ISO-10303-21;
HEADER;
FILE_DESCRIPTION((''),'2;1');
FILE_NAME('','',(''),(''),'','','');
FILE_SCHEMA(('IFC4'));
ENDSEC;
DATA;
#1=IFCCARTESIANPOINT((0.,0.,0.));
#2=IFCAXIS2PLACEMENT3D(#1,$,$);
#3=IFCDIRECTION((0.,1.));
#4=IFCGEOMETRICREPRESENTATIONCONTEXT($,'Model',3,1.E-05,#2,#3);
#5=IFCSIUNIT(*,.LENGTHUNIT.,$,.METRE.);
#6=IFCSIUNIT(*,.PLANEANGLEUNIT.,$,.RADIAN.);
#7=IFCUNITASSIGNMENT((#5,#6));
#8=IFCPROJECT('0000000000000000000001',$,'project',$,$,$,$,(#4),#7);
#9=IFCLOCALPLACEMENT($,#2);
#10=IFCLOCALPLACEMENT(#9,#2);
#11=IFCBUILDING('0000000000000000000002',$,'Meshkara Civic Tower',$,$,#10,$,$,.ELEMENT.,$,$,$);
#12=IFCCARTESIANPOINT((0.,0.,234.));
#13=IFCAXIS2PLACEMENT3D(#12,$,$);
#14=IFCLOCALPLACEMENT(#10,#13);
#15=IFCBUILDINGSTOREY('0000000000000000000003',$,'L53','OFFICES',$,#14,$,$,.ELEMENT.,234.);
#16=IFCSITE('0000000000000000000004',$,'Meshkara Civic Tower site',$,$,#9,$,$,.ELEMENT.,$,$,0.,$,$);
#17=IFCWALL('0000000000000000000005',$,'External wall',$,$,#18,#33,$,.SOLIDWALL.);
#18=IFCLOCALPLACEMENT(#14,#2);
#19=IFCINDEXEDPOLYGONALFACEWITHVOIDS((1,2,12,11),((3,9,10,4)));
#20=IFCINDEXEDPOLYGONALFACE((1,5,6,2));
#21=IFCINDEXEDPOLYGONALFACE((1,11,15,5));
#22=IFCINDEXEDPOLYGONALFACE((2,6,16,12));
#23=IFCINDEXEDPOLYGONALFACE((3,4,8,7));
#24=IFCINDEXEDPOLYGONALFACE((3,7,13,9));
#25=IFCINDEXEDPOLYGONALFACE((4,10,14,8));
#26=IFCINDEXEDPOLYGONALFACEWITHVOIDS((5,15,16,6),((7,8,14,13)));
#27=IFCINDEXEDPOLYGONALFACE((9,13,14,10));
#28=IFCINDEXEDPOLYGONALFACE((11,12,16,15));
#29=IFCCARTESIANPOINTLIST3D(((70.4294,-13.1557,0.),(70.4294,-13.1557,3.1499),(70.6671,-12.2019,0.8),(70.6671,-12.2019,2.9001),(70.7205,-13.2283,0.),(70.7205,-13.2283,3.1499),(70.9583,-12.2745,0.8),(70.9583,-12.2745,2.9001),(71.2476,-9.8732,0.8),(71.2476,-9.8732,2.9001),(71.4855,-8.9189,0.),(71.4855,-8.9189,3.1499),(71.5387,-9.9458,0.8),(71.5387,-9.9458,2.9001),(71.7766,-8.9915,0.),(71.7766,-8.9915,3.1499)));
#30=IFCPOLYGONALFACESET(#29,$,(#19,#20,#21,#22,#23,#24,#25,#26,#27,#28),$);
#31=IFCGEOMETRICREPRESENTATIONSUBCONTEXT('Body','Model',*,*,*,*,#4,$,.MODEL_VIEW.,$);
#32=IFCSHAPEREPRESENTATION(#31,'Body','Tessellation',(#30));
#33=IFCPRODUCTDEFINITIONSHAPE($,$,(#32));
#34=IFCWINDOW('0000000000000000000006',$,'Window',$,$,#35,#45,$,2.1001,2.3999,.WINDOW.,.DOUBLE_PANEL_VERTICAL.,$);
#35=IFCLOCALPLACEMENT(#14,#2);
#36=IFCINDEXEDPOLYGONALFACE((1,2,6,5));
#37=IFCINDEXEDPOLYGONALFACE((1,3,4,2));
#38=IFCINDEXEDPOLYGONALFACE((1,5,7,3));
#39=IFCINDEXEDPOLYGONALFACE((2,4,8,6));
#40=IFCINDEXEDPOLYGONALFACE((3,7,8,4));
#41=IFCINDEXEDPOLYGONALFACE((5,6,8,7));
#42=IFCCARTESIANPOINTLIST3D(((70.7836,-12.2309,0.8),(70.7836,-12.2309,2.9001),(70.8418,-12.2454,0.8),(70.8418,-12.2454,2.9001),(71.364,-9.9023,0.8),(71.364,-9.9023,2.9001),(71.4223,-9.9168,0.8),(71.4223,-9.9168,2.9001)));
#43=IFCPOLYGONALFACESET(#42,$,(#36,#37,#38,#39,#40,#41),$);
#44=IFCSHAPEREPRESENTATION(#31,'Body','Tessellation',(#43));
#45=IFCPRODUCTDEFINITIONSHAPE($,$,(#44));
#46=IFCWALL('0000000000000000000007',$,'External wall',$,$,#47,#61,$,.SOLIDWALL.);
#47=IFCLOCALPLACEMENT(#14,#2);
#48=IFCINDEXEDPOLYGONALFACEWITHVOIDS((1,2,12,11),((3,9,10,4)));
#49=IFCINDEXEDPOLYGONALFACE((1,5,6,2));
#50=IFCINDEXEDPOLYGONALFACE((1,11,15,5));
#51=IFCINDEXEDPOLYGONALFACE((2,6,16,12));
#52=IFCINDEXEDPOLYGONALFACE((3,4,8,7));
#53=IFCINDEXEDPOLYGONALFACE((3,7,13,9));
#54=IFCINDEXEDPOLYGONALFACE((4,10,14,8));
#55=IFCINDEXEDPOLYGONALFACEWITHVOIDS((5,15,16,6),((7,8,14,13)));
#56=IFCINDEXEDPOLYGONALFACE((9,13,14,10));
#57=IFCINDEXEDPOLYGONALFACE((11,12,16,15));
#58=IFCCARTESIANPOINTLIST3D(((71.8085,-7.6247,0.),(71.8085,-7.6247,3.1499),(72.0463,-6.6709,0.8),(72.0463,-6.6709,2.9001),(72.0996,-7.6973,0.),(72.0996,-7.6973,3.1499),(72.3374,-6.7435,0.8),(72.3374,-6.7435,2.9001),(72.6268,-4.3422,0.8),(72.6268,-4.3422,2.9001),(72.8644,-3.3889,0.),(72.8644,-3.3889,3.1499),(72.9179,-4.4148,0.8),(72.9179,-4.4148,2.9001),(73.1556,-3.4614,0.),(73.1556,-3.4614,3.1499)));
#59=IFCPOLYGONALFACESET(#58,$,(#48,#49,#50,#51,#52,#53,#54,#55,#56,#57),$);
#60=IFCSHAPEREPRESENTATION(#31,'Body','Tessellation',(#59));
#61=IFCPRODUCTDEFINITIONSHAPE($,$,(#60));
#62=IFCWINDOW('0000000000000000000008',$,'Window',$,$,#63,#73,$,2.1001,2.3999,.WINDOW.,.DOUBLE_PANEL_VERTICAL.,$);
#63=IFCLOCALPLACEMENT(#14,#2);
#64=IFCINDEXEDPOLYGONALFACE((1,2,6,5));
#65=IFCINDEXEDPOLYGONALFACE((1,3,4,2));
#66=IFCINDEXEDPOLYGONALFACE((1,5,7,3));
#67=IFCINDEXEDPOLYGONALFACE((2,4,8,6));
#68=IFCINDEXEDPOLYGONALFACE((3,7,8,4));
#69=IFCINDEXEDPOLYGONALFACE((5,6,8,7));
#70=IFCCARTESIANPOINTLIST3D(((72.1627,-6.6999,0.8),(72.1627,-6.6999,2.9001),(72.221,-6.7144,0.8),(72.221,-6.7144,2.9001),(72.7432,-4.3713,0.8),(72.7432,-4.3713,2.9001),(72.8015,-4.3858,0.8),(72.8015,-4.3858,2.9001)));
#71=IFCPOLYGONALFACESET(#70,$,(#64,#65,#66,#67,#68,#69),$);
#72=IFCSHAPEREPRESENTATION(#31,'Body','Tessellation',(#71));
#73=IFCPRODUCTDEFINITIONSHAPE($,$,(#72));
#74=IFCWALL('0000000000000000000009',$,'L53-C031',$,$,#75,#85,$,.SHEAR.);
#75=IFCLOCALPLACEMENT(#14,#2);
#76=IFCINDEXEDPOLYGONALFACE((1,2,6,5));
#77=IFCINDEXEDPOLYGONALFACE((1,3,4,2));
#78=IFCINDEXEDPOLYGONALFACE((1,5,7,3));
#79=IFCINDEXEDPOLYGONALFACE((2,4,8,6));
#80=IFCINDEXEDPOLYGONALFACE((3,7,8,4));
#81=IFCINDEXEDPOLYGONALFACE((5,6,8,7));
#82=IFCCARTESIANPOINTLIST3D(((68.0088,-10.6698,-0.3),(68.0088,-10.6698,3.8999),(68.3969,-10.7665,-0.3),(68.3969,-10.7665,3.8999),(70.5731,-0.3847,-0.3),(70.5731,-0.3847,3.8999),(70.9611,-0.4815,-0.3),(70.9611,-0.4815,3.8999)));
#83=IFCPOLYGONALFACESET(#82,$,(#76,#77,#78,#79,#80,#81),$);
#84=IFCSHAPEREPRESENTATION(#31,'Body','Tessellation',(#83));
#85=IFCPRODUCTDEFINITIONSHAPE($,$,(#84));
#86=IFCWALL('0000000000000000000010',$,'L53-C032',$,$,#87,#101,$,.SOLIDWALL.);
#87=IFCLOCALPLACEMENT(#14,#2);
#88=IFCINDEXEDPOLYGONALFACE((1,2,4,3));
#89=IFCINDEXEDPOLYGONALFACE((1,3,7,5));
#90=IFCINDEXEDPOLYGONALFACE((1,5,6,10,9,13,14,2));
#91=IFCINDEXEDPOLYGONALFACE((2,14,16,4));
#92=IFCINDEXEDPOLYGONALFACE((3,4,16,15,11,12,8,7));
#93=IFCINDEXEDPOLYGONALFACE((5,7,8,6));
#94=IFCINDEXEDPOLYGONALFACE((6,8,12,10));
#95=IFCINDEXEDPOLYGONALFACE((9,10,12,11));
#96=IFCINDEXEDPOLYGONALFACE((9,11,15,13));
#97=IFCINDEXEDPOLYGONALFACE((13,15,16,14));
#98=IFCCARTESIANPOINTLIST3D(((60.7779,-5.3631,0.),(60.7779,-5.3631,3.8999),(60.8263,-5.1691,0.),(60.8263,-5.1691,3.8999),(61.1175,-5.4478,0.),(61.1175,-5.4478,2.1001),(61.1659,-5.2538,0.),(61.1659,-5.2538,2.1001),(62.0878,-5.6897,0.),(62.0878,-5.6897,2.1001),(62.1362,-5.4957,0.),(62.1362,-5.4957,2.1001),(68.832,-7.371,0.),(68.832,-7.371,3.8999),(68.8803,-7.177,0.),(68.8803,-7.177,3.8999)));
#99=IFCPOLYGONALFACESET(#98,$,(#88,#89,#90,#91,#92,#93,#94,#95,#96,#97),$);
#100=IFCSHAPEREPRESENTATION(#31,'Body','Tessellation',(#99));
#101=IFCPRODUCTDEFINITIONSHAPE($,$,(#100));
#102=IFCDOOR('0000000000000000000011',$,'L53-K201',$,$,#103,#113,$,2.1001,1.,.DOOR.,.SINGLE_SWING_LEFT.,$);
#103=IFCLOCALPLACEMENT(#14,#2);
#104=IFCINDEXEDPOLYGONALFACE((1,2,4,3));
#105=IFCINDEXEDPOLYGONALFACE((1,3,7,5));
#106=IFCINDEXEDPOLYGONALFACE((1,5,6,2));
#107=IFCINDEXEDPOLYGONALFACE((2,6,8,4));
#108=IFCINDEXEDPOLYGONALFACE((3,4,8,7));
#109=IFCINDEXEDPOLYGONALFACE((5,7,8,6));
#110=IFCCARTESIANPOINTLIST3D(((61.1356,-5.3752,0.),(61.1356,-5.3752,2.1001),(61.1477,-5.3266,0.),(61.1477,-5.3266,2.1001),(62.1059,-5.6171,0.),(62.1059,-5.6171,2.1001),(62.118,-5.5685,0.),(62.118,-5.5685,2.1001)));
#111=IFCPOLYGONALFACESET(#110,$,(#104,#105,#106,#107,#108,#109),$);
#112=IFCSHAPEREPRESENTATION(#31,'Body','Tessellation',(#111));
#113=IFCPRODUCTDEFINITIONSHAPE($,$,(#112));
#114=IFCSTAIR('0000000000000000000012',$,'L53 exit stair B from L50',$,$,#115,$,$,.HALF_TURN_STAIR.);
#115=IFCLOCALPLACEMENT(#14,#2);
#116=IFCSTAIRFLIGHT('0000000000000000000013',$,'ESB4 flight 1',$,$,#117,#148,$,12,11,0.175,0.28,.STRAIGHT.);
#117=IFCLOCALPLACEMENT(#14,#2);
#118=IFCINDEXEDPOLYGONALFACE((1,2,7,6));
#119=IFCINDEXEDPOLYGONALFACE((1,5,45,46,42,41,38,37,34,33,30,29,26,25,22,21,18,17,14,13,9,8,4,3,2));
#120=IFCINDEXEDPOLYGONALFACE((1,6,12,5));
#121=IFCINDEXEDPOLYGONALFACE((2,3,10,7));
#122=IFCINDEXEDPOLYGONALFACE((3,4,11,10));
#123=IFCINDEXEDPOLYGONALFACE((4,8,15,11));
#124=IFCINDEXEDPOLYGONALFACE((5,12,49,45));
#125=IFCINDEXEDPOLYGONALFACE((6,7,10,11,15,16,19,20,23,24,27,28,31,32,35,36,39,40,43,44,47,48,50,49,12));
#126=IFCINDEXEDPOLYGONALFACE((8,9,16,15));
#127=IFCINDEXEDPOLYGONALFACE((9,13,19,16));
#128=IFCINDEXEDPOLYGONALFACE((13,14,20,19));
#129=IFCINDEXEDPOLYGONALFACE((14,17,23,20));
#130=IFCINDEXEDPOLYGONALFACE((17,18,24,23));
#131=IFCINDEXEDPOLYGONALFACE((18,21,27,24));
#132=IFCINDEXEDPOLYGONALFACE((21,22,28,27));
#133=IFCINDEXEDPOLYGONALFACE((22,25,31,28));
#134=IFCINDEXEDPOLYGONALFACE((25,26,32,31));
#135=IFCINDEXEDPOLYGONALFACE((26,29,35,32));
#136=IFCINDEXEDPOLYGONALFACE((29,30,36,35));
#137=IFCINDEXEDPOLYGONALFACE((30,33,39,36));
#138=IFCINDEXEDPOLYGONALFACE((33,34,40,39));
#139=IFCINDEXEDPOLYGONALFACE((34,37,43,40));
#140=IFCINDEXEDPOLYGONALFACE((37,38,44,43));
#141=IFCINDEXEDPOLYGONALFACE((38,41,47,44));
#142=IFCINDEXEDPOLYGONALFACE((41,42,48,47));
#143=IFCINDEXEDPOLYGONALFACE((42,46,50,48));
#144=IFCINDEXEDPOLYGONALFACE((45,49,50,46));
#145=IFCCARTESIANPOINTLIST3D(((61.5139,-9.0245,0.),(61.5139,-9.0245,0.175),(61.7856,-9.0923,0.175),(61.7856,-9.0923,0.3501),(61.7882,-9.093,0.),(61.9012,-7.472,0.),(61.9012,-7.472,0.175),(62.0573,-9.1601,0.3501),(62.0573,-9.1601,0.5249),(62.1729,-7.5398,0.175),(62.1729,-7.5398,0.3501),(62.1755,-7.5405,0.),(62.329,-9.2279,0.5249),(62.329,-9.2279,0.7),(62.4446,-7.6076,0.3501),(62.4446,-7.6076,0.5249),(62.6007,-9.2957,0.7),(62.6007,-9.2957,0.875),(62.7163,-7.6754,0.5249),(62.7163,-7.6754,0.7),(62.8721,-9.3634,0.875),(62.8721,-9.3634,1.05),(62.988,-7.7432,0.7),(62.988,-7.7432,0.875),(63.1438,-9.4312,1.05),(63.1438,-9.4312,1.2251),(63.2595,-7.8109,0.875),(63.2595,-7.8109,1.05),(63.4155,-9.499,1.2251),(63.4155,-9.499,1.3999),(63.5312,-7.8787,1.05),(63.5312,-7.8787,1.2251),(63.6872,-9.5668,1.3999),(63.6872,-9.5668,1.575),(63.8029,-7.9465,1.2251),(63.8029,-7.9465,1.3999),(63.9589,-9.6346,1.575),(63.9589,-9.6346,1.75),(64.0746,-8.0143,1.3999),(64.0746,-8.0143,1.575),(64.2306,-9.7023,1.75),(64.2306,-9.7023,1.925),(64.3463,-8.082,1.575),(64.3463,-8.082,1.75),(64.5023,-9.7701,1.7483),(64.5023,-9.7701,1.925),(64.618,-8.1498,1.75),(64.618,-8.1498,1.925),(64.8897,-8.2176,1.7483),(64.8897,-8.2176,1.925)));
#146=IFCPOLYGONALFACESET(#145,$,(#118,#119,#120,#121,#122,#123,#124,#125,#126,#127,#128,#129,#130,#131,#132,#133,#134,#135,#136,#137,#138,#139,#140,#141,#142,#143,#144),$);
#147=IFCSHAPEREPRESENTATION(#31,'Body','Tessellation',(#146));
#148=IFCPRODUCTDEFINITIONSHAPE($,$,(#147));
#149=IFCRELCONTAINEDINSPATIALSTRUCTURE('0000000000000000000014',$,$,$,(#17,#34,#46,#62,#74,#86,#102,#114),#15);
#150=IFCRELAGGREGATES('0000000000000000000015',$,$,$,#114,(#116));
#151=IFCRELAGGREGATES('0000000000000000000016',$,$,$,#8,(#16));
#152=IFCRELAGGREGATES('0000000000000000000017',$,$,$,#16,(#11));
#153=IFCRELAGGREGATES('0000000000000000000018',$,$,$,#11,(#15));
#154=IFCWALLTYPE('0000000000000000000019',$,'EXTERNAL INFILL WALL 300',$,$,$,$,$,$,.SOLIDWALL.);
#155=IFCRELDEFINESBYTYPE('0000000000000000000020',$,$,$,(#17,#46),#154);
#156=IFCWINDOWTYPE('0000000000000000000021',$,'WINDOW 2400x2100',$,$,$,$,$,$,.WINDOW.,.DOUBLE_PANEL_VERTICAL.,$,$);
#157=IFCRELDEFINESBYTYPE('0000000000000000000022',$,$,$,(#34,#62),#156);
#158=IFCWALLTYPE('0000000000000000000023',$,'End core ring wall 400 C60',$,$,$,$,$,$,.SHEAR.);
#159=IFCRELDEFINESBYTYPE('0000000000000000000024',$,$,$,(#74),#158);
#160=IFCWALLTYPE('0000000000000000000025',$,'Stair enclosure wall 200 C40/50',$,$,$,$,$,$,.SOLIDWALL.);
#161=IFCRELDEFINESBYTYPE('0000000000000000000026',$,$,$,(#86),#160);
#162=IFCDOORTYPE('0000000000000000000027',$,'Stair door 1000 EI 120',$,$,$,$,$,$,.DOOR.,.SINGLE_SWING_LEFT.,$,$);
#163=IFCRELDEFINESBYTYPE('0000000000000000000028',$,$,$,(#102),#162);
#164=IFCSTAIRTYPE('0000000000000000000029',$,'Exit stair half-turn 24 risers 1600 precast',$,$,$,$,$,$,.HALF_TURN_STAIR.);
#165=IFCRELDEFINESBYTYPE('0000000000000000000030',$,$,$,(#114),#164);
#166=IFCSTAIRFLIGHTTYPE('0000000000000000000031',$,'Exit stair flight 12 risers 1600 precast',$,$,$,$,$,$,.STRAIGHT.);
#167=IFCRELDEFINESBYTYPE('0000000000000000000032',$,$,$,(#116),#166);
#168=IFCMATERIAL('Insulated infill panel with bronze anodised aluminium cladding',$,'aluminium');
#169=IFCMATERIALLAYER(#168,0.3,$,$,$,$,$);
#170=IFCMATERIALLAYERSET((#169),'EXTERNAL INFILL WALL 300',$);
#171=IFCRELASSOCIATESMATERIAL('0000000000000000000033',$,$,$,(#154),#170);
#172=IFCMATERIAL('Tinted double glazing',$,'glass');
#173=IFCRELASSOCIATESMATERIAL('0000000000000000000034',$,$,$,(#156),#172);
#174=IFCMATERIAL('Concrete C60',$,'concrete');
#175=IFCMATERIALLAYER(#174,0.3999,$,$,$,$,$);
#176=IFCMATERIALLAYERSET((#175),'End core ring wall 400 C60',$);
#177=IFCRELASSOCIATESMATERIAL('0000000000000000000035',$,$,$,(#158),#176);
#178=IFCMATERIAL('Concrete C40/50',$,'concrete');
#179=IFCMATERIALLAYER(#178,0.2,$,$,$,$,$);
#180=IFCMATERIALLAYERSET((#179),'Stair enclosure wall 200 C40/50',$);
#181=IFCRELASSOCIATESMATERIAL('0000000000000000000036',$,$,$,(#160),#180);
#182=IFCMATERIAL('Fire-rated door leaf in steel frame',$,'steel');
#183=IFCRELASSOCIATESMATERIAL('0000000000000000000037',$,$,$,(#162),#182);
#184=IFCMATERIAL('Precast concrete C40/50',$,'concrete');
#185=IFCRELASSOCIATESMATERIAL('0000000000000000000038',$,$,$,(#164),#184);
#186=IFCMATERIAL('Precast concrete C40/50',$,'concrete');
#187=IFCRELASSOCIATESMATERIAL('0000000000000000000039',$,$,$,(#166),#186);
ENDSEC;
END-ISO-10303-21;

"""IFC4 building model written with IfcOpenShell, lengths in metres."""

from ifc_helpers import new_model, si_unit, direction, frame, frame_2d, origin, place, context, subcontext, project, spatial, polyline, rectangle, outline, extrude, material, layer, layer_set, type_object, element, fill, aggregate, save


model = new_model("IFC4")

# Units and contexts
model_context = context("Model", 3, precision=1e-05, world=origin(), true_north=direction((0.0, 1.0)))
body_context = subcontext(model_context, "Body", "Model", "MODEL_VIEW")
ifc_project = project(units=[si_unit("LENGTHUNIT", "METRE"), si_unit("PLANEANGLEUNIT", "RADIAN")], contexts=[model_context])

# Site, building, storey
site_placement = place(None, origin())
site = spatial("IfcSite", under=ifc_project, at=site_placement, Name="Meshkara Civic Tower site", CompositionType="ELEMENT", RefElevation=0.0)
building_placement = place(site_placement, origin())
building = spatial("IfcBuilding", under=site, at=building_placement, Name="Meshkara Civic Tower", CompositionType="ELEMENT")
storey_placement = place(building_placement, frame((0.0, 0.0, 234.0)))
storey = spatial("IfcBuildingStorey", under=building, at=storey_placement, Name="L53", Description="OFFICES", CompositionType="ELEMENT", Elevation=234.0)

# Walls, openings, windows
ifc_material_1 = material(Name="Insulated infill panel with bronze anodised aluminium cladding", Category="aluminium")
ifc_layer_1 = layer(ifc_material_1, 0.3)
ifc_layer_set_1 = layer_set([ifc_layer_1], Name="EXTERNAL INFILL WALL 300")
wall_type_1 = type_object("IfcWallType", Name="EXTERNAL INFILL WALL 300", PredefinedType="SOLIDWALL", material=ifc_layer_set_1)
ifc_material_2 = material(Name="Tinted double glazing", Category="glass")
window_type_1 = type_object("IfcWindowType", Name="WINDOW 2400x2100", PartitioningType="DOUBLE_PANEL_VERTICAL", PredefinedType="WINDOW", material=ifc_material_2)
wall_1_placement = place(storey_placement, frame((70.575, -13.1919, 0.0), z_axis=(0.0, 0.0, 1.0), x_axis=(0.241878, 0.970307, 0.0)))
wall_1 = element("IfcWall", 1, at=wall_1_placement, inside=storey, type_object=wall_type_1, Name="External wall", PredefinedType="SOLIDWALL", context=body_context, shape_type="SweptSolid", body=[
    extrude(rectangle(XDim=4.3665, YDim=0.3, at=frame_2d((2.1831, 0.0))), origin(), (0.0, 0.0, 1.0), 3.1499),
])
opening_1_placement = place(wall_1_placement, frame((0.9829, 0.0, 0.8)))
opening_1 = element("IfcOpeningElement", 2, at=opening_1_placement, cuts=wall_1, PredefinedType="OPENING", context=body_context, shape_type="SweptSolid", body=[
    extrude(rectangle(XDim=2.3999, YDim=2.1001, at=frame_2d((1.2, 1.05))), frame((0.0, 0.1599, 0.0), z_axis=(0.0, -1.0, 0.0), x_axis=(1.0, 0.0, 0.0)), (0.0, 0.0, 1.0), 0.3201),
])
window_1_placement = place(opening_1_placement, origin())
window_1 = element("IfcWindow", 3, at=window_1_placement, inside=storey, type_object=window_type_1, Name="Window", OverallHeight=2.1001, OverallWidth=2.3999, PartitioningType="DOUBLE_PANEL_VERTICAL", PredefinedType="WINDOW", context=body_context, shape_type="SweptSolid", body=[
    extrude(rectangle(XDim=2.3999, YDim=2.1001, at=frame_2d((1.2, 1.05))), frame((0.0, 0.03, 0.0), z_axis=(0.0, -1.0, 0.0), x_axis=(1.0, 0.0, 0.0)), (0.0, 0.0, 1.0), 0.0601),
])
fill(opening_1, window_1)
wall_2_placement = place(storey_placement, frame((71.9541, -7.6609, 0.0), z_axis=(0.0, 0.0, 1.0), x_axis=(0.241878, 0.970307, 0.0)))
wall_2 = element("IfcWall", 4, at=wall_2_placement, inside=storey, type_object=wall_type_1, Name="External wall", PredefinedType="SOLIDWALL", context=body_context, shape_type="SweptSolid", body=[
    extrude(rectangle(XDim=4.3655, YDim=0.3, at=frame_2d((2.1826, 0.0))), origin(), (0.0, 0.0, 1.0), 3.1499),
])
opening_2_placement = place(wall_2_placement, frame((0.9829, 0.0, 0.8)))
opening_2 = element("IfcOpeningElement", 5, at=opening_2_placement, cuts=wall_2, PredefinedType="OPENING", context=body_context, shape_type="SweptSolid", body=[
    extrude(rectangle(XDim=2.3999, YDim=2.1001, at=frame_2d((1.2, 1.05))), frame((0.0, 0.1599, 0.0), z_axis=(0.0, -1.0, 0.0), x_axis=(1.0, 0.0, 0.0)), (0.0, 0.0, 1.0), 0.3201),
])
window_2_placement = place(opening_2_placement, origin())
window_2 = element("IfcWindow", 6, at=window_2_placement, inside=storey, type_object=window_type_1, Name="Window", OverallHeight=2.1001, OverallWidth=2.3999, PartitioningType="DOUBLE_PANEL_VERTICAL", PredefinedType="WINDOW", context=body_context, shape_type="SweptSolid", body=[
    extrude(rectangle(XDim=2.3999, YDim=2.1001, at=frame_2d((1.2, 1.05))), frame((0.0, 0.03, 0.0), z_axis=(0.0, -1.0, 0.0), x_axis=(1.0, 0.0, 0.0)), (0.0, 0.0, 1.0), 0.0601),
])
fill(opening_2, window_2)

# Wall
ifc_material_3 = material(Name="Concrete C60", Category="concrete")
ifc_layer_2 = layer(ifc_material_3, 0.3999)
ifc_layer_set_2 = layer_set([ifc_layer_2], Name="End core ring wall 400 C60")
wall_type_2 = type_object("IfcWallType", Name="End core ring wall 400 C60", PredefinedType="SHEAR", material=ifc_layer_set_2)
wall_3_placement = place(storey_placement, frame((68.2029, -10.718, -0.3), z_axis=(0.0, 0.0, 1.0), x_axis=(0.241912, 0.970298, 0.0)))
element("IfcWall", 7, at=wall_3_placement, inside=storey, type_object=wall_type_2, Name="L53-C031", PredefinedType="SHEAR", context=body_context, shape_type="SweptSolid", body=[
    extrude(rectangle(XDim=10.5999, YDim=0.3999, at=frame_2d((5.2998, 0.0))), origin(), (0.0, 0.0, 1.0), 4.2),
])

# Wall, opening, door
ifc_material_4 = material(Name="Concrete C40/50", Category="concrete")
ifc_layer_3 = layer(ifc_material_4, 0.2)
ifc_layer_set_3 = layer_set([ifc_layer_3], Name="Stair enclosure wall 200 C40/50")
wall_type_3 = type_object("IfcWallType", Name="Stair enclosure wall 200 C40/50", PredefinedType="SOLIDWALL", material=ifc_layer_set_3)
wall_4_placement = place(storey_placement, frame((60.802, -5.2661, 0.0), z_axis=(0.0, 0.0, 1.0), x_axis=(0.970303, -0.241892, 0.0)))
wall_4 = element("IfcWall", 8, at=wall_4_placement, inside=storey, type_object=wall_type_3, Name="L53-C032", PredefinedType="SOLIDWALL", context=body_context, shape_type="SweptSolid", body=[
    extrude(rectangle(XDim=8.3005, YDim=0.2, at=frame_2d((4.1504, 0.0))), origin(), (0.0, 0.0, 1.0), 3.8999),
])
opening_3_placement = place(wall_4_placement, frame((0.3501, 0.0, 0.0)))
opening_3 = element("IfcOpeningElement", 9, at=opening_3_placement, cuts=wall_4, PredefinedType="OPENING", context=body_context, shape_type="SweptSolid", body=[
    extrude(rectangle(XDim=1.0, YDim=2.1001, at=frame_2d((0.5, 1.05))), frame((0.0, 0.1099, 0.0), z_axis=(0.0, -1.0, 0.0), x_axis=(1.0, 0.0, 0.0)), (0.0, 0.0, 1.0), 0.22),
])
ifc_material_5 = material(Name="Fire-rated door leaf in steel frame", Category="steel")
door_type = type_object("IfcDoorType", Name="Stair door 1000 EI 120", OperationType="SINGLE_SWING_LEFT", PredefinedType="DOOR", material=ifc_material_5)
door_placement = place(opening_3_placement, origin())
door = element("IfcDoor", 10, at=door_placement, inside=storey, type_object=door_type, Name="L53-K201", OperationType="SINGLE_SWING_LEFT", OverallHeight=2.1001, OverallWidth=1.0, PredefinedType="DOOR", context=body_context, shape_type="SweptSolid", body=[
    extrude(rectangle(XDim=1.0, YDim=2.1001, at=frame_2d((0.5, 1.05))), frame((0.0, 0.0249, 0.0), z_axis=(0.0, -1.0, 0.0), x_axis=(1.0, 0.0, 0.0)), (0.0, 0.0, 1.0), 0.05),
])
fill(opening_3, door)

# Stair, stair flight
ifc_material_6 = material(Name="Precast concrete C40/50", Category="concrete")
stair_type = type_object("IfcStairType", Name="Exit stair half-turn 24 risers 1600 precast", PredefinedType="HALF_TURN_STAIR", material=ifc_material_6)
stair_placement = place(storey_placement, origin())
stair = element("IfcStair", 11, at=stair_placement, inside=storey, type_object=stair_type, Name="L53 exit stair B from L50", PredefinedType="HALF_TURN_STAIR")
ifc_material_7 = material(Name="Precast concrete C40/50", Category="concrete")
stair_flight_type = type_object("IfcStairFlightType", Name="Exit stair flight 12 risers 1600 precast", PredefinedType="STRAIGHT", material=ifc_material_7)
stair_flight_1_placement = place(storey_placement, frame((61.7075, -8.2483, 0.0), z_axis=(0.0, 0.0, 1.0), x_axis=(0.97026, -0.242065, 0.0)))
stair_flight_1 = element("IfcStairFlight", 12, at=stair_flight_1_placement, type_object=stair_flight_type, Name="ESB4 flight 1", NumberOfRisers=12, NumberOfTreads=11, PredefinedType="STRAIGHT", RiserHeight=0.175, TreadLength=0.28, context=body_context, shape_type="SweptSolid", body=[
    extrude(outline(polyline([(0.0, 0.0), (0.0, 0.175), (0.28, 0.175), (0.28, 0.3501), (0.5601, 0.3501), (0.5601, 0.5249), (0.8401, 0.5249), (0.8401, 0.7), (1.1201, 0.7), (1.1201, 0.875), (1.3999, 0.875), (1.3999, 1.05), (1.6799, 1.05), (1.6799, 1.2251), (1.96, 1.2251), (1.96, 1.3999), (2.24, 1.3999), (2.24, 1.575), (2.52, 1.575), (2.52, 1.75), (2.8, 1.75), (2.8, 1.925), (3.0801, 1.925), (3.0801, 2.1001), (3.0801, 1.7483), (0.2827, 0.0), (0.0, 0.0)])), frame((0.0, 0.8, 0.0), z_axis=(0.0, -1.0, 0.0), x_axis=(1.0, 0.0, 0.0)), (0.0, 0.0, 1.0), 1.6001),
])
aggregate(stair, [stair_flight_1])

save(model, "model.ifc")
